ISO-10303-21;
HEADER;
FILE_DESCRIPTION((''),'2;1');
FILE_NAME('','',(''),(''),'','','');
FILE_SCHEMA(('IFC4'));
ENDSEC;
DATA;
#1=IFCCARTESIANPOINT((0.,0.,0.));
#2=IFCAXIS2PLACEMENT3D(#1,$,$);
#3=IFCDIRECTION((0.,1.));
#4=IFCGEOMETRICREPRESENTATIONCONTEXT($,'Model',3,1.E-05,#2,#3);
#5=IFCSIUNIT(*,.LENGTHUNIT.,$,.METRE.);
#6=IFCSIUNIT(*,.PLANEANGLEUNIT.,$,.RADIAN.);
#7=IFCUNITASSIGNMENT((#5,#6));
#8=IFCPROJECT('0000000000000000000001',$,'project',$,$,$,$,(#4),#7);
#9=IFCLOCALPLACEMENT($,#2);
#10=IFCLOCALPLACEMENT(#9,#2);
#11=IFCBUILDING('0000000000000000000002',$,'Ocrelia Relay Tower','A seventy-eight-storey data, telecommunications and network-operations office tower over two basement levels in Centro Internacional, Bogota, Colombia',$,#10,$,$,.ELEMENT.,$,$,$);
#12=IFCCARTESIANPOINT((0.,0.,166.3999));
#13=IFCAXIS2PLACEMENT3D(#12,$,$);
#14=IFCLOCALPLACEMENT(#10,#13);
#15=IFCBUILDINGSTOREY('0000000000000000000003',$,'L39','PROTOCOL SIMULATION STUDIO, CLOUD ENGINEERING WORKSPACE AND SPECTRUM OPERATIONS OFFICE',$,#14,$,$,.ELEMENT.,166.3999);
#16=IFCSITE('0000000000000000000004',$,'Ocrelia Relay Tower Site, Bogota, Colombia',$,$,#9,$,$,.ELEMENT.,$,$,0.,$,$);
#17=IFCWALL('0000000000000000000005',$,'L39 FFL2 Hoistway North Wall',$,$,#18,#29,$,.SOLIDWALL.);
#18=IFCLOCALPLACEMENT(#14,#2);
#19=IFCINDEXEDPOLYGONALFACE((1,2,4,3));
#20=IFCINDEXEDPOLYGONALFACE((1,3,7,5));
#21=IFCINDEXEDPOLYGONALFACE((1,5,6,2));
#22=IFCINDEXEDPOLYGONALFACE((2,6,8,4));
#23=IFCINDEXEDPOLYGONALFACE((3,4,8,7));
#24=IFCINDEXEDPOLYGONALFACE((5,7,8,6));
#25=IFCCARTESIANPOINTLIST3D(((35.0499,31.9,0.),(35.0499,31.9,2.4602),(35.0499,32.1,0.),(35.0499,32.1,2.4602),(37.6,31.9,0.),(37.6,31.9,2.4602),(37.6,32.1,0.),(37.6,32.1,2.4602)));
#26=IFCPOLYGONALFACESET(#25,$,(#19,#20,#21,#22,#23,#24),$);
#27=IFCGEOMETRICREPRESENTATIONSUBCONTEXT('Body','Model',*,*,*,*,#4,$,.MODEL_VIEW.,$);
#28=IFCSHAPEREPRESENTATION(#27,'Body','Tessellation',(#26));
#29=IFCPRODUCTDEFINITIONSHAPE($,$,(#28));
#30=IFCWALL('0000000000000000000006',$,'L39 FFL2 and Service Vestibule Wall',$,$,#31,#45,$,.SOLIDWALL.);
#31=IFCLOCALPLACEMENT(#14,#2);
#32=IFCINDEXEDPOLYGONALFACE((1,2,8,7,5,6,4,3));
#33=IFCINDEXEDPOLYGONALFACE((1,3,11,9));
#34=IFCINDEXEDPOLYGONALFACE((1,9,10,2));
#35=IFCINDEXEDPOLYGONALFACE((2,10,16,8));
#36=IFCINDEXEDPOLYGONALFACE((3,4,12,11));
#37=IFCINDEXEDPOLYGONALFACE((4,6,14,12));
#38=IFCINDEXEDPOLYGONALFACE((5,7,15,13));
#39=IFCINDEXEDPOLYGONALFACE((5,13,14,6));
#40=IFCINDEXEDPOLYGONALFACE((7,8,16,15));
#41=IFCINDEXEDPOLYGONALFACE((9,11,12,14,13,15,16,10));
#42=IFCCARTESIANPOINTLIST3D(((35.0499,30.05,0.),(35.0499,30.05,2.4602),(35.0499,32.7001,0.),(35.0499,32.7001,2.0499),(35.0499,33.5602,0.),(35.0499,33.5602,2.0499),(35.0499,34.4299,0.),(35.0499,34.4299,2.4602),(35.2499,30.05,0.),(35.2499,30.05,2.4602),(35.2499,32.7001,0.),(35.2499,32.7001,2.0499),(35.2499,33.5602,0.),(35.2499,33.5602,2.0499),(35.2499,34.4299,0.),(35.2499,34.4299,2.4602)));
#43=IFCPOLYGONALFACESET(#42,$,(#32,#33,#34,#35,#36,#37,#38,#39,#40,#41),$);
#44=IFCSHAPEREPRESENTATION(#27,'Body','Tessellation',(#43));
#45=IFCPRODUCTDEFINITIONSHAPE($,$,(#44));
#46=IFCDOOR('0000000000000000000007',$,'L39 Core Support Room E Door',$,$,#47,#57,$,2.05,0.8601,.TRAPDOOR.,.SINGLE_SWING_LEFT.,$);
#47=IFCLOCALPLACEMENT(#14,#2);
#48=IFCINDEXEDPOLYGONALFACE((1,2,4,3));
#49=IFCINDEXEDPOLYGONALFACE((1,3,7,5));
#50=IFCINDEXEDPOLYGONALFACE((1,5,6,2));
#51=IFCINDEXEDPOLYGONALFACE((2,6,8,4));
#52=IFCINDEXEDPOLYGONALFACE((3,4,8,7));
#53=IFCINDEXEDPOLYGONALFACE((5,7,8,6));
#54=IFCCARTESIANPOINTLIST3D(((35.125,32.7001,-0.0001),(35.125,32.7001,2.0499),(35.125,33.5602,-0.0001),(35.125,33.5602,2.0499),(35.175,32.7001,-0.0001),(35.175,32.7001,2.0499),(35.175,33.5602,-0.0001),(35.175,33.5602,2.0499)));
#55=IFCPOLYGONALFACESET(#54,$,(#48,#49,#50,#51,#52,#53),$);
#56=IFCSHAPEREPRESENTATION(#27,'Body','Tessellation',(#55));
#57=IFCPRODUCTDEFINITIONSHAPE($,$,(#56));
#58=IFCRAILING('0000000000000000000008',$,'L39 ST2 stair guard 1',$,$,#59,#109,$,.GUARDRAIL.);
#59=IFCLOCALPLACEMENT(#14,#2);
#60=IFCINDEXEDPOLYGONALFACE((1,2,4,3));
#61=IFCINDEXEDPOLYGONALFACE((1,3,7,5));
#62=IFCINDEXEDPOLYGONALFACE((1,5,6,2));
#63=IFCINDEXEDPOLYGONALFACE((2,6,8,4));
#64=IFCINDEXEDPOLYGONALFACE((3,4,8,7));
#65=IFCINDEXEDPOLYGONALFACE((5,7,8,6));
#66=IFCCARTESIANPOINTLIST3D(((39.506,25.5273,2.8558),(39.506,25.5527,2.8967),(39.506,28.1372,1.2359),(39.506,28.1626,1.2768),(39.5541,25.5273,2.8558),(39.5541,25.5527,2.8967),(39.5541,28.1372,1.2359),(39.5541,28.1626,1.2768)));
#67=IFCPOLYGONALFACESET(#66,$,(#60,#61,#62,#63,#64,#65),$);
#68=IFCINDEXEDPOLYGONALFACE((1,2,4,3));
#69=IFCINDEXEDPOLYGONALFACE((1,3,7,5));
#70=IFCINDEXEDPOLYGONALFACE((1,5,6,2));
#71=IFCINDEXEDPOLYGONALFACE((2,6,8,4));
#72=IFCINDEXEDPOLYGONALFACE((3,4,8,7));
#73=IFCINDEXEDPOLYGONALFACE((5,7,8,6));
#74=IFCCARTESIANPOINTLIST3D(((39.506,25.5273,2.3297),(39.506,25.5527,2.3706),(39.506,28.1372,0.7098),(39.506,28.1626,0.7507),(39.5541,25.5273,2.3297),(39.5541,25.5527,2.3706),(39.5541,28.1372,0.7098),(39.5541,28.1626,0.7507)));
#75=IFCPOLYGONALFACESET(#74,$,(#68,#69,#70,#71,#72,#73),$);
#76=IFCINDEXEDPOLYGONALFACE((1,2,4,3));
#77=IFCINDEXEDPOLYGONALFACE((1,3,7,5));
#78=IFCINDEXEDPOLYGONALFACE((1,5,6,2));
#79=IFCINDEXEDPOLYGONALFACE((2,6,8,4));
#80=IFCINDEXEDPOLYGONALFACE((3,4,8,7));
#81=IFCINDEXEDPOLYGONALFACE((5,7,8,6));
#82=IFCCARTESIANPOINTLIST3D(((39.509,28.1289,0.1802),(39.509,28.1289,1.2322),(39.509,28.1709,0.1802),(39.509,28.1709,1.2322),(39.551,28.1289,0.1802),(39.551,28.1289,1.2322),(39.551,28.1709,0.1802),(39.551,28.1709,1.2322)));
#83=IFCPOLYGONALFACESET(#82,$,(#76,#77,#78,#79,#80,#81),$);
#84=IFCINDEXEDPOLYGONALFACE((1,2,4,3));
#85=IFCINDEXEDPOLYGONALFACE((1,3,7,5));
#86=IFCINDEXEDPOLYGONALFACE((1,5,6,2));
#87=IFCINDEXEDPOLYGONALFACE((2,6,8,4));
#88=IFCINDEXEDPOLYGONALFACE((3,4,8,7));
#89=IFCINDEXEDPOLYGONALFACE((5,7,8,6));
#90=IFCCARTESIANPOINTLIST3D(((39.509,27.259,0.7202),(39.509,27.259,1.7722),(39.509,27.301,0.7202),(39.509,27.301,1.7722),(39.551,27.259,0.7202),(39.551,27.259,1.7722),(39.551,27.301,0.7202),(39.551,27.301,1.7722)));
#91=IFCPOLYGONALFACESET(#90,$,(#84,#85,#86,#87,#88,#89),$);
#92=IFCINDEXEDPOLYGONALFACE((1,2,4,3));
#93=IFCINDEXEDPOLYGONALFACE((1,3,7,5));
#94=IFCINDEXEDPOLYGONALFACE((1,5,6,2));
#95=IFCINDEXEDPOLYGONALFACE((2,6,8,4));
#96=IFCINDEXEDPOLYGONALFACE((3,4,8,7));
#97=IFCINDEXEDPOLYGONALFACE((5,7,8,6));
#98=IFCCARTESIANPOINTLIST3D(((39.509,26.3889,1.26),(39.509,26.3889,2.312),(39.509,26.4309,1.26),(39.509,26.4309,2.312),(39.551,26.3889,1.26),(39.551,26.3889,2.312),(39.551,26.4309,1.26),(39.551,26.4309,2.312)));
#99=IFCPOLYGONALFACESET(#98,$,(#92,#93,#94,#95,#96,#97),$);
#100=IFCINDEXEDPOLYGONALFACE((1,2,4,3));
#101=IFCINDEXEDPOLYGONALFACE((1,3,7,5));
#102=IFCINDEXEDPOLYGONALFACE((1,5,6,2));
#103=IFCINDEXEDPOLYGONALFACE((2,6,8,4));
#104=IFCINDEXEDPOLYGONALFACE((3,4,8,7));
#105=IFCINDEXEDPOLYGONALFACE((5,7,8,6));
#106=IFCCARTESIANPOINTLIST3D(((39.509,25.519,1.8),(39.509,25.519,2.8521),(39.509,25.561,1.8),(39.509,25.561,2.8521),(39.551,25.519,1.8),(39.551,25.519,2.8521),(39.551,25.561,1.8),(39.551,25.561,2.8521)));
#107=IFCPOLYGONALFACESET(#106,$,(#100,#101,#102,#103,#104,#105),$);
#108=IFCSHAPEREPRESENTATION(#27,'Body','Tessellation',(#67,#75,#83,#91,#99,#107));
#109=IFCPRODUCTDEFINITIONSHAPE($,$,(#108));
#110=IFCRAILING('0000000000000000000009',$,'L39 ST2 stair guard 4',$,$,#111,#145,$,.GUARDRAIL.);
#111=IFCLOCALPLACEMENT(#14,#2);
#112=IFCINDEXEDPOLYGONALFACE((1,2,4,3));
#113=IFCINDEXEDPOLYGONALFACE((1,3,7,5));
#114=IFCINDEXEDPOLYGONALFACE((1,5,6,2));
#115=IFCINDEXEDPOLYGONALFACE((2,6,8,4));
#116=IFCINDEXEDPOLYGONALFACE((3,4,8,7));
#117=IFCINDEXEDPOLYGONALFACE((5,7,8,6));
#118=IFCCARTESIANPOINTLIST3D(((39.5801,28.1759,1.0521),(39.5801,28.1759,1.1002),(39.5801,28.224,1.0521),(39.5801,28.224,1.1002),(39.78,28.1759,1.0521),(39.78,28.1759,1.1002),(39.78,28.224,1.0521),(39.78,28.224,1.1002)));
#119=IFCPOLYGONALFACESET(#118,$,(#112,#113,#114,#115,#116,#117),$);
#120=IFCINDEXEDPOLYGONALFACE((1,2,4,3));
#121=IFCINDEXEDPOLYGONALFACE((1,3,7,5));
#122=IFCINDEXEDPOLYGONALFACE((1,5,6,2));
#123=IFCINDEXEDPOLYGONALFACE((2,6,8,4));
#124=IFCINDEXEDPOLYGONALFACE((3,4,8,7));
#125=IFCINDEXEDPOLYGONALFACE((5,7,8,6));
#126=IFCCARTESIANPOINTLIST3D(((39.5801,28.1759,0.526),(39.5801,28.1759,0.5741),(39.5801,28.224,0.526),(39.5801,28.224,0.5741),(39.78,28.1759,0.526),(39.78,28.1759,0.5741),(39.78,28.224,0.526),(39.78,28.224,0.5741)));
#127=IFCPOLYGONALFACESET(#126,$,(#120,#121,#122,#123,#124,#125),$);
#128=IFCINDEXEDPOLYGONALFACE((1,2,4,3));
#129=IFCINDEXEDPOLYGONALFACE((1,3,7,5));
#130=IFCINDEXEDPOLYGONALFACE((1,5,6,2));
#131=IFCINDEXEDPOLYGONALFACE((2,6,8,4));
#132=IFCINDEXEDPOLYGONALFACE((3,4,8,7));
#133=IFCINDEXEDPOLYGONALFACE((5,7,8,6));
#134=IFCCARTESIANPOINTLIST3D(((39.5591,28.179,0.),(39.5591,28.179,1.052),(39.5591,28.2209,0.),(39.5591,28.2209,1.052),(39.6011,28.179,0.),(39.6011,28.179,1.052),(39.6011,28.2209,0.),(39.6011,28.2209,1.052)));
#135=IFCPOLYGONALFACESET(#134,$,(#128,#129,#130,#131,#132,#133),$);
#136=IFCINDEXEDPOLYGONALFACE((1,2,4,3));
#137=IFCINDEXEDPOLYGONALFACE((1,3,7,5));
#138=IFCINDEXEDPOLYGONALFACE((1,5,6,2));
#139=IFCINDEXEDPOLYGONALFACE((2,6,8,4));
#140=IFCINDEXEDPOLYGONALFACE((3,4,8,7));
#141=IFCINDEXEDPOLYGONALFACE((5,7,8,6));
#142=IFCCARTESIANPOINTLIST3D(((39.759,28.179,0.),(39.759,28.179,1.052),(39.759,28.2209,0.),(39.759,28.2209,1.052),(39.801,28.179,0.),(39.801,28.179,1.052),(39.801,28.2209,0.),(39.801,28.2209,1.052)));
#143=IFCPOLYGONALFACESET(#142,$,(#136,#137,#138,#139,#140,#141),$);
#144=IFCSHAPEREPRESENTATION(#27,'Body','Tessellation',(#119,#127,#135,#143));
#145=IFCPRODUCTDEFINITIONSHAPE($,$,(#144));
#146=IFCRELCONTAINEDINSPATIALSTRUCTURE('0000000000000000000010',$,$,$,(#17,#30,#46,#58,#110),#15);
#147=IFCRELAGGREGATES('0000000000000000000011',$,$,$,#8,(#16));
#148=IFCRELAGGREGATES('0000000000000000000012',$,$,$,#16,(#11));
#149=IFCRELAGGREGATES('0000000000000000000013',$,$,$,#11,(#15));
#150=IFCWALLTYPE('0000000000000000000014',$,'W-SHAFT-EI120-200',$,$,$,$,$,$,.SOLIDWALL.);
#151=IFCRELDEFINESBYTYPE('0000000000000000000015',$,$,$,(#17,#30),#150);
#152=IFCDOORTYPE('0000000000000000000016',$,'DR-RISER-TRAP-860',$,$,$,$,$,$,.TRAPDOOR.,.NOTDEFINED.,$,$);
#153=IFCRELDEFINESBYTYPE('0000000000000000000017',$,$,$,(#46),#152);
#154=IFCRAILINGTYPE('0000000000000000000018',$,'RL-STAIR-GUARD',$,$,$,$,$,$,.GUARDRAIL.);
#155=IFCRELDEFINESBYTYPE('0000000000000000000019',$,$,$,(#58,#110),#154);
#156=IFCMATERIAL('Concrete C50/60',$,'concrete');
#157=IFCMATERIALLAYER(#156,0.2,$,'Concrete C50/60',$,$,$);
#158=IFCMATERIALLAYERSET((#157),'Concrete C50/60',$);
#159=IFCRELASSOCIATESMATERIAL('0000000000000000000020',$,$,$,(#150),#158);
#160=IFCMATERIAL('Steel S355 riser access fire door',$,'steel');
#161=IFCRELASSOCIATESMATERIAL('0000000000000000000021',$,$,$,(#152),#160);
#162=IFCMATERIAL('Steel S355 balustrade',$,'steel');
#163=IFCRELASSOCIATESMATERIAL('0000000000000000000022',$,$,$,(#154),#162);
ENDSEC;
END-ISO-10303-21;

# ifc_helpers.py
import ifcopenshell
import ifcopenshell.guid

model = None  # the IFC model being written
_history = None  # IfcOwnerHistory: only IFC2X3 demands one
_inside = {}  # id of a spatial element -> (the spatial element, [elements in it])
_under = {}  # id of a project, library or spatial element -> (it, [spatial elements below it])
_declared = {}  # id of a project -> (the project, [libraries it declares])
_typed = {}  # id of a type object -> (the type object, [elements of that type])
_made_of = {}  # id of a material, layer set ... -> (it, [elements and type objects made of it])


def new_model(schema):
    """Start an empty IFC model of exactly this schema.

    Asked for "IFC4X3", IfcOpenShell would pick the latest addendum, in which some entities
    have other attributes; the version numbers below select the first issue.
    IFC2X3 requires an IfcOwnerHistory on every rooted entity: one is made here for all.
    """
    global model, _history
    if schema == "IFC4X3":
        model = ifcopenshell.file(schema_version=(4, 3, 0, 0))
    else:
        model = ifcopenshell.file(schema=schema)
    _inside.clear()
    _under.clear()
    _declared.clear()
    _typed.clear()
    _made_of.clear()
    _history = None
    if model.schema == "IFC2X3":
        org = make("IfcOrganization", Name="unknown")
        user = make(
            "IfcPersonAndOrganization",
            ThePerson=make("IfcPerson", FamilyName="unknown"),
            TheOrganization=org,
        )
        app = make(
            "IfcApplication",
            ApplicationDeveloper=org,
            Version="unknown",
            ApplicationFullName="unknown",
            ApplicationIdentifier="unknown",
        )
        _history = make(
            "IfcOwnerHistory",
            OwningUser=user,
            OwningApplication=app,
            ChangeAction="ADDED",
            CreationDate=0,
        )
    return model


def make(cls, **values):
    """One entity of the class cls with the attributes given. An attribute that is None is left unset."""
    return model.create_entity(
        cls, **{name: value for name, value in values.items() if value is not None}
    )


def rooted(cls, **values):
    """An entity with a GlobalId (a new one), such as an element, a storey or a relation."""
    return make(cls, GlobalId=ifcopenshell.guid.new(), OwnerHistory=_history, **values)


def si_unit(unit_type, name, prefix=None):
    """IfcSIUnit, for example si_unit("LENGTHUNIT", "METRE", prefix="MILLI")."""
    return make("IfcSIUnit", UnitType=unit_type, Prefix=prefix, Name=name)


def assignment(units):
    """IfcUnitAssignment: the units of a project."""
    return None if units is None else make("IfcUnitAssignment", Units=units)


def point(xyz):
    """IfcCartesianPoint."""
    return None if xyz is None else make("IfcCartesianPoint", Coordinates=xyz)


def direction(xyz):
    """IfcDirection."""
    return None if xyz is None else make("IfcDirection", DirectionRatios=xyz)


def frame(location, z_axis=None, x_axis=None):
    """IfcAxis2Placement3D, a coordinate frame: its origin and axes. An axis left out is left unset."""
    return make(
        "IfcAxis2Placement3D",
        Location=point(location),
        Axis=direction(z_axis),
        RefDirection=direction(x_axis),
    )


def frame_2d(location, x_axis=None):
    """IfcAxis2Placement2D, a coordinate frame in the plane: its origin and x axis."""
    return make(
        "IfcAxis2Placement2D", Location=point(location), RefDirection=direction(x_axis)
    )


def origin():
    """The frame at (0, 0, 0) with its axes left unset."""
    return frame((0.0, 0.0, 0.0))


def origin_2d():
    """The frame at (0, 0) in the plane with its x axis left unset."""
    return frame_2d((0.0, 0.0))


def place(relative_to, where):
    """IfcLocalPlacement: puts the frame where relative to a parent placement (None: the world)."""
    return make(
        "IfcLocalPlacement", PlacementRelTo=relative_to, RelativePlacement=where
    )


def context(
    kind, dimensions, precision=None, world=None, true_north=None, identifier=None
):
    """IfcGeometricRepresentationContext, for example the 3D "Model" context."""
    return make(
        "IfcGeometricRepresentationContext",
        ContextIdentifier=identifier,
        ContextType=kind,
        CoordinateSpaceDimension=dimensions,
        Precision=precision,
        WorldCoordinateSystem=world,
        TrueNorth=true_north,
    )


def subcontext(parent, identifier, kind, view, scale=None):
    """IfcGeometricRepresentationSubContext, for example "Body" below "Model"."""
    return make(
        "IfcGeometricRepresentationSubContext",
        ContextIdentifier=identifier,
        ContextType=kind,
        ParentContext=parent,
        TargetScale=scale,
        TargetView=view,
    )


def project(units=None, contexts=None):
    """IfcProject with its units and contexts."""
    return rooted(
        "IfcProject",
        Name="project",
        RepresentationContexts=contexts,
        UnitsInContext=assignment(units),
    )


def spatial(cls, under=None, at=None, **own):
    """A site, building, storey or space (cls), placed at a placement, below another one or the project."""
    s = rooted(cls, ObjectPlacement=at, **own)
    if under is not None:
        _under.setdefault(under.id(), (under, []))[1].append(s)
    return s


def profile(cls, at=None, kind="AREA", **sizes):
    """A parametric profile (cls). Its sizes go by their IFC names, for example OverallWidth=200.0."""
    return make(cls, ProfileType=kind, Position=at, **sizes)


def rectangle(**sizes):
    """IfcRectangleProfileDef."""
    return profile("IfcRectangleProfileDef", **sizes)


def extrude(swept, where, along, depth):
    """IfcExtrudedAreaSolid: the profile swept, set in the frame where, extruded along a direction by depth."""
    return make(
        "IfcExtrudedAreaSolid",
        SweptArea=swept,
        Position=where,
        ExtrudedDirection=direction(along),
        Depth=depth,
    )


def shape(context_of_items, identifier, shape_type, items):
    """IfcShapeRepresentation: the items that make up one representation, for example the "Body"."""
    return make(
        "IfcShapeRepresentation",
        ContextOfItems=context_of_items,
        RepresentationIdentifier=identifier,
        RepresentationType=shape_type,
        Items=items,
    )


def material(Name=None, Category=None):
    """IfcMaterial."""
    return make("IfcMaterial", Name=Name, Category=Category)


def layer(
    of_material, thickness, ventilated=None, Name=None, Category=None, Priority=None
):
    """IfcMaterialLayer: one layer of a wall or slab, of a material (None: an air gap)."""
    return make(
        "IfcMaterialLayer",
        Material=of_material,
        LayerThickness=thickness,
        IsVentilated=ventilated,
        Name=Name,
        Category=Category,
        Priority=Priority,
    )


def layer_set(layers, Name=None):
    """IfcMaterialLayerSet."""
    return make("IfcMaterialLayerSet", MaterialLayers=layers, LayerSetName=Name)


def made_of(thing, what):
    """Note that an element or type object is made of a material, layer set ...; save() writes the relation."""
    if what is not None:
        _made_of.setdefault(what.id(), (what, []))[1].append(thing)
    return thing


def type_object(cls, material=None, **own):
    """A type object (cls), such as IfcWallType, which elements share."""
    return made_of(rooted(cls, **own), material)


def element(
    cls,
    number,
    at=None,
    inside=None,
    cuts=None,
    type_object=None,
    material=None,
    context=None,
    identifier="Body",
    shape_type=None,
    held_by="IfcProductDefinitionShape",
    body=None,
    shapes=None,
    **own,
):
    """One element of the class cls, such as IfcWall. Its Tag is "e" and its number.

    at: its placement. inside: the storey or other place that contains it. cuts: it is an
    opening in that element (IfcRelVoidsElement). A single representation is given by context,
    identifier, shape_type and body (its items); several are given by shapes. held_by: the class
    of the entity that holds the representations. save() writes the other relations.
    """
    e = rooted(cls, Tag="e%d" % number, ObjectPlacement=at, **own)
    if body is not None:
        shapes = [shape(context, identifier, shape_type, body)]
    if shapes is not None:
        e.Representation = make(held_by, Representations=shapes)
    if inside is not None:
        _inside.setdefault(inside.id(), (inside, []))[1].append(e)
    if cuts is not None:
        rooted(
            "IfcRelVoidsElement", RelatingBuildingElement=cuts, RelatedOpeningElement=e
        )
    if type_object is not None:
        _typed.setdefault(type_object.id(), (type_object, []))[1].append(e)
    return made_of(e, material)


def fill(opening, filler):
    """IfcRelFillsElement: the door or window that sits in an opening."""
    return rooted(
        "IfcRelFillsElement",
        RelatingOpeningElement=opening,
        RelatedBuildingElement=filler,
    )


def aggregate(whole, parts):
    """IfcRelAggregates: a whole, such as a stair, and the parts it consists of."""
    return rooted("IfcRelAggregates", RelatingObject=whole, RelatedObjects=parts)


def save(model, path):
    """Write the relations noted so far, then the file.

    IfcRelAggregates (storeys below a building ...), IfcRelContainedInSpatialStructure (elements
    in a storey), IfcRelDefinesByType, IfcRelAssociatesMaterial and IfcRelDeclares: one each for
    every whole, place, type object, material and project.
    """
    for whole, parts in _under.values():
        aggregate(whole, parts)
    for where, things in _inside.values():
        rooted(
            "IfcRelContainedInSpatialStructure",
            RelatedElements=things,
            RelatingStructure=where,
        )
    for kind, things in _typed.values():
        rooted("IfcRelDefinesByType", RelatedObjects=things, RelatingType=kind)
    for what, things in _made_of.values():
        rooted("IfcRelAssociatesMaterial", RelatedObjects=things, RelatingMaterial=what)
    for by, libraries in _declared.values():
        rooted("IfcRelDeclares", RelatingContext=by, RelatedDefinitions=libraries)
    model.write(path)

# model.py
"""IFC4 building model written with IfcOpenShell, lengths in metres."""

from ifc_helpers import new_model, si_unit, direction, frame, frame_2d, origin, origin_2d, place, context, subcontext, project, spatial, rectangle, extrude, material, layer, layer_set, type_object, element, fill, save


model = new_model("IFC4")

# Units and contexts
model_context = context("Model", 3, precision=1e-05, world=origin(), true_north=direction((0.0, 1.0)))
body_context = subcontext(model_context, "Body", "Model", "MODEL_VIEW")
ifc_project = project(units=[si_unit("LENGTHUNIT", "METRE"), si_unit("PLANEANGLEUNIT", "RADIAN")], contexts=[model_context])

# Site, building, storey
site_placement = place(None, origin())
site = spatial("IfcSite", under=ifc_project, at=site_placement, Name="Ocrelia Relay Tower Site, Bogota, Colombia", CompositionType="ELEMENT", RefElevation=0.0)
building_placement = place(site_placement, origin())
building = spatial("IfcBuilding", under=site, at=building_placement, Name="Ocrelia Relay Tower", Description="A seventy-eight-storey data, telecommunications and network-operations office tower over two basement levels in Centro Internacional, Bogota, Colombia", CompositionType="ELEMENT")
storey_placement = place(building_placement, frame((0.0, 0.0, 166.3999)))
storey = spatial("IfcBuildingStorey", under=building, at=storey_placement, Name="L39", Description="PROTOCOL SIMULATION STUDIO, CLOUD ENGINEERING WORKSPACE AND SPECTRUM OPERATIONS OFFICE", CompositionType="ELEMENT", Elevation=166.3999)

# Shared definitions
ifc_material_1 = material(Name="Concrete C50/60", Category="concrete")

# Shared definitions
ifc_layer_1 = layer(ifc_material_1, 0.2, Name="Concrete C50/60")
ifc_layer_set_1 = layer_set([ifc_layer_1], Name="Concrete C50/60")
wall_type_1 = type_object("IfcWallType", Name="W-SHAFT-EI120-200", PredefinedType="SOLIDWALL", material=ifc_layer_set_1)
ifc_material_2 = material(Name="Steel S355 riser access fire door", Category="steel")
door_type_1 = type_object("IfcDoorType", Name="DR-RISER-TRAP-860", OperationType="NOTDEFINED", PredefinedType="TRAPDOOR", material=ifc_material_2)

# Wall
wall_1_placement = place(storey_placement, frame((35.05, 32.0, 0.0), z_axis=(0.0, 0.0, 1.0), x_axis=(1.0, 0.0, 0.0)))
element("IfcWall", 1, at=wall_1_placement, inside=storey, type_object=wall_type_1, Name="L39 FFL2 Hoistway North Wall", PredefinedType="SOLIDWALL", context=body_context, shape_type="SweptSolid", body=[
    extrude(rectangle(XDim=2.55, YDim=0.2, at=frame_2d((1.2749, 0.0))), origin(), (0.0, 0.0, 1.0), 2.4602),
])

# Wall, opening, door
wall_2_placement = place(storey_placement, frame((35.1499, 30.05, 0.0), z_axis=(0.0, 0.0, 1.0), x_axis=(0.0, 1.0, 0.0)))
wall_2 = element("IfcWall", 2, at=wall_2_placement, inside=storey, type_object=wall_type_1, Name="L39 FFL2 and Service Vestibule Wall", PredefinedType="SOLIDWALL", context=body_context, shape_type="SweptSolid", body=[
    extrude(rectangle(XDim=4.3799, YDim=0.2, at=frame_2d((2.1899, 0.0))), origin(), (0.0, 0.0, 1.0), 2.4602),
])
opening_1_placement = place(wall_2_placement, frame((2.6499, 0.0, 0.0)))
opening_1 = element("IfcOpeningElement", 3, at=opening_1_placement, cuts=wall_2, PredefinedType="OPENING", context=body_context, shape_type="SweptSolid", body=[
    extrude(rectangle(XDim=0.8601, YDim=2.05, at=frame_2d((0.4302, 1.0249))), frame((0.0, 0.1099, 0.0), z_axis=(0.0, -1.0, 0.0), x_axis=(1.0, 0.0, 0.0)), (0.0, 0.0, 1.0), 0.22),
])
door_1_placement = place(opening_1_placement, origin())
door_1 = element("IfcDoor", 4, at=door_1_placement, inside=storey, type_object=door_type_1, Name="L39 Core Support Room E Door", OperationType="SINGLE_SWING_LEFT", OverallHeight=2.05, OverallWidth=0.8601, PredefinedType="TRAPDOOR", context=body_context, shape_type="SweptSolid", body=[
    extrude(rectangle(XDim=0.8601, YDim=2.05, at=frame_2d((0.4302, 1.0249))), frame((0.0, 0.0249, 0.0), z_axis=(0.0, -1.0, 0.0), x_axis=(1.0, 0.0, 0.0)), (0.0, 0.0, 1.0), 0.05),
])
fill(opening_1, door_1)

# Railings
ifc_material_3 = material(Name="Steel S355 balustrade", Category="steel")
railing_type = type_object("IfcRailingType", Name="RL-STAIR-GUARD", PredefinedType="GUARDRAIL", material=ifc_material_3)
railing_1_placement = place(storey_placement, frame((39.53, 28.1499, 0.1802)))
element("IfcRailing", 5, at=railing_1_placement, inside=storey, type_object=railing_type, Name="L39 ST2 stair guard 1", PredefinedType="GUARDRAIL", context=body_context, shape_type="SweptSolid", body=[
    extrude(rectangle(XDim=0.0481, YDim=0.0481, at=origin_2d()), frame((0.0, 0.0, 1.0762), z_axis=(0.0, -0.849646, 0.527353), x_axis=(1.0, 0.0, 0.0)), (0.0, 0.0, 1.0), 3.0718),
    extrude(rectangle(XDim=0.0481, YDim=0.0481, at=origin_2d()), frame((0.0, 0.0, 0.55), z_axis=(0.0, -0.849646, 0.527353), x_axis=(1.0, 0.0, 0.0)), (0.0, 0.0, 1.0), 3.0718),
    extrude(rectangle(XDim=0.042, YDim=0.042, at=origin_2d()), origin(), (0.0, 0.0, 1.0), 1.052),
    extrude(rectangle(XDim=0.042, YDim=0.042, at=origin_2d()), frame((0.0, -0.8699, 0.54)), (0.0, 0.0, 1.0), 1.052),
    extrude(rectangle(XDim=0.042, YDim=0.042, at=origin_2d()), frame((0.0, -1.74, 1.0798)), (0.0, 0.0, 1.0), 1.052),
    extrude(rectangle(XDim=0.042, YDim=0.042, at=origin_2d()), frame((0.0, -2.6099, 1.6199)), (0.0, 0.0, 1.0), 1.052),
])
railing_2_placement = place(storey_placement, frame((39.5801, 28.2, 0.0)))
element("IfcRailing", 6, at=railing_2_placement, inside=storey, type_object=railing_type, Name="L39 ST2 stair guard 4", PredefinedType="GUARDRAIL", context=body_context, shape_type="SweptSolid", body=[
    extrude(rectangle(XDim=0.0481, YDim=0.0481, at=origin_2d()), frame((0.0, 0.0, 1.0762), z_axis=(1.0, 0.0, 0.0), x_axis=(0.0, 1.0, 0.0)), (0.0, 0.0, 1.0), 0.2),
    extrude(rectangle(XDim=0.0481, YDim=0.0481, at=origin_2d()), frame((0.0, 0.0, 0.55), z_axis=(1.0, 0.0, 0.0), x_axis=(0.0, 1.0, 0.0)), (0.0, 0.0, 1.0), 0.2),
    extrude(rectangle(XDim=0.042, YDim=0.042, at=origin_2d()), origin(), (0.0, 0.0, 1.0), 1.052),
    extrude(rectangle(XDim=0.042, YDim=0.042, at=origin_2d()), frame((0.2, 0.0, 0.0)), (0.0, 0.0, 1.0), 1.052),
])

save(model, "model.ifc")
